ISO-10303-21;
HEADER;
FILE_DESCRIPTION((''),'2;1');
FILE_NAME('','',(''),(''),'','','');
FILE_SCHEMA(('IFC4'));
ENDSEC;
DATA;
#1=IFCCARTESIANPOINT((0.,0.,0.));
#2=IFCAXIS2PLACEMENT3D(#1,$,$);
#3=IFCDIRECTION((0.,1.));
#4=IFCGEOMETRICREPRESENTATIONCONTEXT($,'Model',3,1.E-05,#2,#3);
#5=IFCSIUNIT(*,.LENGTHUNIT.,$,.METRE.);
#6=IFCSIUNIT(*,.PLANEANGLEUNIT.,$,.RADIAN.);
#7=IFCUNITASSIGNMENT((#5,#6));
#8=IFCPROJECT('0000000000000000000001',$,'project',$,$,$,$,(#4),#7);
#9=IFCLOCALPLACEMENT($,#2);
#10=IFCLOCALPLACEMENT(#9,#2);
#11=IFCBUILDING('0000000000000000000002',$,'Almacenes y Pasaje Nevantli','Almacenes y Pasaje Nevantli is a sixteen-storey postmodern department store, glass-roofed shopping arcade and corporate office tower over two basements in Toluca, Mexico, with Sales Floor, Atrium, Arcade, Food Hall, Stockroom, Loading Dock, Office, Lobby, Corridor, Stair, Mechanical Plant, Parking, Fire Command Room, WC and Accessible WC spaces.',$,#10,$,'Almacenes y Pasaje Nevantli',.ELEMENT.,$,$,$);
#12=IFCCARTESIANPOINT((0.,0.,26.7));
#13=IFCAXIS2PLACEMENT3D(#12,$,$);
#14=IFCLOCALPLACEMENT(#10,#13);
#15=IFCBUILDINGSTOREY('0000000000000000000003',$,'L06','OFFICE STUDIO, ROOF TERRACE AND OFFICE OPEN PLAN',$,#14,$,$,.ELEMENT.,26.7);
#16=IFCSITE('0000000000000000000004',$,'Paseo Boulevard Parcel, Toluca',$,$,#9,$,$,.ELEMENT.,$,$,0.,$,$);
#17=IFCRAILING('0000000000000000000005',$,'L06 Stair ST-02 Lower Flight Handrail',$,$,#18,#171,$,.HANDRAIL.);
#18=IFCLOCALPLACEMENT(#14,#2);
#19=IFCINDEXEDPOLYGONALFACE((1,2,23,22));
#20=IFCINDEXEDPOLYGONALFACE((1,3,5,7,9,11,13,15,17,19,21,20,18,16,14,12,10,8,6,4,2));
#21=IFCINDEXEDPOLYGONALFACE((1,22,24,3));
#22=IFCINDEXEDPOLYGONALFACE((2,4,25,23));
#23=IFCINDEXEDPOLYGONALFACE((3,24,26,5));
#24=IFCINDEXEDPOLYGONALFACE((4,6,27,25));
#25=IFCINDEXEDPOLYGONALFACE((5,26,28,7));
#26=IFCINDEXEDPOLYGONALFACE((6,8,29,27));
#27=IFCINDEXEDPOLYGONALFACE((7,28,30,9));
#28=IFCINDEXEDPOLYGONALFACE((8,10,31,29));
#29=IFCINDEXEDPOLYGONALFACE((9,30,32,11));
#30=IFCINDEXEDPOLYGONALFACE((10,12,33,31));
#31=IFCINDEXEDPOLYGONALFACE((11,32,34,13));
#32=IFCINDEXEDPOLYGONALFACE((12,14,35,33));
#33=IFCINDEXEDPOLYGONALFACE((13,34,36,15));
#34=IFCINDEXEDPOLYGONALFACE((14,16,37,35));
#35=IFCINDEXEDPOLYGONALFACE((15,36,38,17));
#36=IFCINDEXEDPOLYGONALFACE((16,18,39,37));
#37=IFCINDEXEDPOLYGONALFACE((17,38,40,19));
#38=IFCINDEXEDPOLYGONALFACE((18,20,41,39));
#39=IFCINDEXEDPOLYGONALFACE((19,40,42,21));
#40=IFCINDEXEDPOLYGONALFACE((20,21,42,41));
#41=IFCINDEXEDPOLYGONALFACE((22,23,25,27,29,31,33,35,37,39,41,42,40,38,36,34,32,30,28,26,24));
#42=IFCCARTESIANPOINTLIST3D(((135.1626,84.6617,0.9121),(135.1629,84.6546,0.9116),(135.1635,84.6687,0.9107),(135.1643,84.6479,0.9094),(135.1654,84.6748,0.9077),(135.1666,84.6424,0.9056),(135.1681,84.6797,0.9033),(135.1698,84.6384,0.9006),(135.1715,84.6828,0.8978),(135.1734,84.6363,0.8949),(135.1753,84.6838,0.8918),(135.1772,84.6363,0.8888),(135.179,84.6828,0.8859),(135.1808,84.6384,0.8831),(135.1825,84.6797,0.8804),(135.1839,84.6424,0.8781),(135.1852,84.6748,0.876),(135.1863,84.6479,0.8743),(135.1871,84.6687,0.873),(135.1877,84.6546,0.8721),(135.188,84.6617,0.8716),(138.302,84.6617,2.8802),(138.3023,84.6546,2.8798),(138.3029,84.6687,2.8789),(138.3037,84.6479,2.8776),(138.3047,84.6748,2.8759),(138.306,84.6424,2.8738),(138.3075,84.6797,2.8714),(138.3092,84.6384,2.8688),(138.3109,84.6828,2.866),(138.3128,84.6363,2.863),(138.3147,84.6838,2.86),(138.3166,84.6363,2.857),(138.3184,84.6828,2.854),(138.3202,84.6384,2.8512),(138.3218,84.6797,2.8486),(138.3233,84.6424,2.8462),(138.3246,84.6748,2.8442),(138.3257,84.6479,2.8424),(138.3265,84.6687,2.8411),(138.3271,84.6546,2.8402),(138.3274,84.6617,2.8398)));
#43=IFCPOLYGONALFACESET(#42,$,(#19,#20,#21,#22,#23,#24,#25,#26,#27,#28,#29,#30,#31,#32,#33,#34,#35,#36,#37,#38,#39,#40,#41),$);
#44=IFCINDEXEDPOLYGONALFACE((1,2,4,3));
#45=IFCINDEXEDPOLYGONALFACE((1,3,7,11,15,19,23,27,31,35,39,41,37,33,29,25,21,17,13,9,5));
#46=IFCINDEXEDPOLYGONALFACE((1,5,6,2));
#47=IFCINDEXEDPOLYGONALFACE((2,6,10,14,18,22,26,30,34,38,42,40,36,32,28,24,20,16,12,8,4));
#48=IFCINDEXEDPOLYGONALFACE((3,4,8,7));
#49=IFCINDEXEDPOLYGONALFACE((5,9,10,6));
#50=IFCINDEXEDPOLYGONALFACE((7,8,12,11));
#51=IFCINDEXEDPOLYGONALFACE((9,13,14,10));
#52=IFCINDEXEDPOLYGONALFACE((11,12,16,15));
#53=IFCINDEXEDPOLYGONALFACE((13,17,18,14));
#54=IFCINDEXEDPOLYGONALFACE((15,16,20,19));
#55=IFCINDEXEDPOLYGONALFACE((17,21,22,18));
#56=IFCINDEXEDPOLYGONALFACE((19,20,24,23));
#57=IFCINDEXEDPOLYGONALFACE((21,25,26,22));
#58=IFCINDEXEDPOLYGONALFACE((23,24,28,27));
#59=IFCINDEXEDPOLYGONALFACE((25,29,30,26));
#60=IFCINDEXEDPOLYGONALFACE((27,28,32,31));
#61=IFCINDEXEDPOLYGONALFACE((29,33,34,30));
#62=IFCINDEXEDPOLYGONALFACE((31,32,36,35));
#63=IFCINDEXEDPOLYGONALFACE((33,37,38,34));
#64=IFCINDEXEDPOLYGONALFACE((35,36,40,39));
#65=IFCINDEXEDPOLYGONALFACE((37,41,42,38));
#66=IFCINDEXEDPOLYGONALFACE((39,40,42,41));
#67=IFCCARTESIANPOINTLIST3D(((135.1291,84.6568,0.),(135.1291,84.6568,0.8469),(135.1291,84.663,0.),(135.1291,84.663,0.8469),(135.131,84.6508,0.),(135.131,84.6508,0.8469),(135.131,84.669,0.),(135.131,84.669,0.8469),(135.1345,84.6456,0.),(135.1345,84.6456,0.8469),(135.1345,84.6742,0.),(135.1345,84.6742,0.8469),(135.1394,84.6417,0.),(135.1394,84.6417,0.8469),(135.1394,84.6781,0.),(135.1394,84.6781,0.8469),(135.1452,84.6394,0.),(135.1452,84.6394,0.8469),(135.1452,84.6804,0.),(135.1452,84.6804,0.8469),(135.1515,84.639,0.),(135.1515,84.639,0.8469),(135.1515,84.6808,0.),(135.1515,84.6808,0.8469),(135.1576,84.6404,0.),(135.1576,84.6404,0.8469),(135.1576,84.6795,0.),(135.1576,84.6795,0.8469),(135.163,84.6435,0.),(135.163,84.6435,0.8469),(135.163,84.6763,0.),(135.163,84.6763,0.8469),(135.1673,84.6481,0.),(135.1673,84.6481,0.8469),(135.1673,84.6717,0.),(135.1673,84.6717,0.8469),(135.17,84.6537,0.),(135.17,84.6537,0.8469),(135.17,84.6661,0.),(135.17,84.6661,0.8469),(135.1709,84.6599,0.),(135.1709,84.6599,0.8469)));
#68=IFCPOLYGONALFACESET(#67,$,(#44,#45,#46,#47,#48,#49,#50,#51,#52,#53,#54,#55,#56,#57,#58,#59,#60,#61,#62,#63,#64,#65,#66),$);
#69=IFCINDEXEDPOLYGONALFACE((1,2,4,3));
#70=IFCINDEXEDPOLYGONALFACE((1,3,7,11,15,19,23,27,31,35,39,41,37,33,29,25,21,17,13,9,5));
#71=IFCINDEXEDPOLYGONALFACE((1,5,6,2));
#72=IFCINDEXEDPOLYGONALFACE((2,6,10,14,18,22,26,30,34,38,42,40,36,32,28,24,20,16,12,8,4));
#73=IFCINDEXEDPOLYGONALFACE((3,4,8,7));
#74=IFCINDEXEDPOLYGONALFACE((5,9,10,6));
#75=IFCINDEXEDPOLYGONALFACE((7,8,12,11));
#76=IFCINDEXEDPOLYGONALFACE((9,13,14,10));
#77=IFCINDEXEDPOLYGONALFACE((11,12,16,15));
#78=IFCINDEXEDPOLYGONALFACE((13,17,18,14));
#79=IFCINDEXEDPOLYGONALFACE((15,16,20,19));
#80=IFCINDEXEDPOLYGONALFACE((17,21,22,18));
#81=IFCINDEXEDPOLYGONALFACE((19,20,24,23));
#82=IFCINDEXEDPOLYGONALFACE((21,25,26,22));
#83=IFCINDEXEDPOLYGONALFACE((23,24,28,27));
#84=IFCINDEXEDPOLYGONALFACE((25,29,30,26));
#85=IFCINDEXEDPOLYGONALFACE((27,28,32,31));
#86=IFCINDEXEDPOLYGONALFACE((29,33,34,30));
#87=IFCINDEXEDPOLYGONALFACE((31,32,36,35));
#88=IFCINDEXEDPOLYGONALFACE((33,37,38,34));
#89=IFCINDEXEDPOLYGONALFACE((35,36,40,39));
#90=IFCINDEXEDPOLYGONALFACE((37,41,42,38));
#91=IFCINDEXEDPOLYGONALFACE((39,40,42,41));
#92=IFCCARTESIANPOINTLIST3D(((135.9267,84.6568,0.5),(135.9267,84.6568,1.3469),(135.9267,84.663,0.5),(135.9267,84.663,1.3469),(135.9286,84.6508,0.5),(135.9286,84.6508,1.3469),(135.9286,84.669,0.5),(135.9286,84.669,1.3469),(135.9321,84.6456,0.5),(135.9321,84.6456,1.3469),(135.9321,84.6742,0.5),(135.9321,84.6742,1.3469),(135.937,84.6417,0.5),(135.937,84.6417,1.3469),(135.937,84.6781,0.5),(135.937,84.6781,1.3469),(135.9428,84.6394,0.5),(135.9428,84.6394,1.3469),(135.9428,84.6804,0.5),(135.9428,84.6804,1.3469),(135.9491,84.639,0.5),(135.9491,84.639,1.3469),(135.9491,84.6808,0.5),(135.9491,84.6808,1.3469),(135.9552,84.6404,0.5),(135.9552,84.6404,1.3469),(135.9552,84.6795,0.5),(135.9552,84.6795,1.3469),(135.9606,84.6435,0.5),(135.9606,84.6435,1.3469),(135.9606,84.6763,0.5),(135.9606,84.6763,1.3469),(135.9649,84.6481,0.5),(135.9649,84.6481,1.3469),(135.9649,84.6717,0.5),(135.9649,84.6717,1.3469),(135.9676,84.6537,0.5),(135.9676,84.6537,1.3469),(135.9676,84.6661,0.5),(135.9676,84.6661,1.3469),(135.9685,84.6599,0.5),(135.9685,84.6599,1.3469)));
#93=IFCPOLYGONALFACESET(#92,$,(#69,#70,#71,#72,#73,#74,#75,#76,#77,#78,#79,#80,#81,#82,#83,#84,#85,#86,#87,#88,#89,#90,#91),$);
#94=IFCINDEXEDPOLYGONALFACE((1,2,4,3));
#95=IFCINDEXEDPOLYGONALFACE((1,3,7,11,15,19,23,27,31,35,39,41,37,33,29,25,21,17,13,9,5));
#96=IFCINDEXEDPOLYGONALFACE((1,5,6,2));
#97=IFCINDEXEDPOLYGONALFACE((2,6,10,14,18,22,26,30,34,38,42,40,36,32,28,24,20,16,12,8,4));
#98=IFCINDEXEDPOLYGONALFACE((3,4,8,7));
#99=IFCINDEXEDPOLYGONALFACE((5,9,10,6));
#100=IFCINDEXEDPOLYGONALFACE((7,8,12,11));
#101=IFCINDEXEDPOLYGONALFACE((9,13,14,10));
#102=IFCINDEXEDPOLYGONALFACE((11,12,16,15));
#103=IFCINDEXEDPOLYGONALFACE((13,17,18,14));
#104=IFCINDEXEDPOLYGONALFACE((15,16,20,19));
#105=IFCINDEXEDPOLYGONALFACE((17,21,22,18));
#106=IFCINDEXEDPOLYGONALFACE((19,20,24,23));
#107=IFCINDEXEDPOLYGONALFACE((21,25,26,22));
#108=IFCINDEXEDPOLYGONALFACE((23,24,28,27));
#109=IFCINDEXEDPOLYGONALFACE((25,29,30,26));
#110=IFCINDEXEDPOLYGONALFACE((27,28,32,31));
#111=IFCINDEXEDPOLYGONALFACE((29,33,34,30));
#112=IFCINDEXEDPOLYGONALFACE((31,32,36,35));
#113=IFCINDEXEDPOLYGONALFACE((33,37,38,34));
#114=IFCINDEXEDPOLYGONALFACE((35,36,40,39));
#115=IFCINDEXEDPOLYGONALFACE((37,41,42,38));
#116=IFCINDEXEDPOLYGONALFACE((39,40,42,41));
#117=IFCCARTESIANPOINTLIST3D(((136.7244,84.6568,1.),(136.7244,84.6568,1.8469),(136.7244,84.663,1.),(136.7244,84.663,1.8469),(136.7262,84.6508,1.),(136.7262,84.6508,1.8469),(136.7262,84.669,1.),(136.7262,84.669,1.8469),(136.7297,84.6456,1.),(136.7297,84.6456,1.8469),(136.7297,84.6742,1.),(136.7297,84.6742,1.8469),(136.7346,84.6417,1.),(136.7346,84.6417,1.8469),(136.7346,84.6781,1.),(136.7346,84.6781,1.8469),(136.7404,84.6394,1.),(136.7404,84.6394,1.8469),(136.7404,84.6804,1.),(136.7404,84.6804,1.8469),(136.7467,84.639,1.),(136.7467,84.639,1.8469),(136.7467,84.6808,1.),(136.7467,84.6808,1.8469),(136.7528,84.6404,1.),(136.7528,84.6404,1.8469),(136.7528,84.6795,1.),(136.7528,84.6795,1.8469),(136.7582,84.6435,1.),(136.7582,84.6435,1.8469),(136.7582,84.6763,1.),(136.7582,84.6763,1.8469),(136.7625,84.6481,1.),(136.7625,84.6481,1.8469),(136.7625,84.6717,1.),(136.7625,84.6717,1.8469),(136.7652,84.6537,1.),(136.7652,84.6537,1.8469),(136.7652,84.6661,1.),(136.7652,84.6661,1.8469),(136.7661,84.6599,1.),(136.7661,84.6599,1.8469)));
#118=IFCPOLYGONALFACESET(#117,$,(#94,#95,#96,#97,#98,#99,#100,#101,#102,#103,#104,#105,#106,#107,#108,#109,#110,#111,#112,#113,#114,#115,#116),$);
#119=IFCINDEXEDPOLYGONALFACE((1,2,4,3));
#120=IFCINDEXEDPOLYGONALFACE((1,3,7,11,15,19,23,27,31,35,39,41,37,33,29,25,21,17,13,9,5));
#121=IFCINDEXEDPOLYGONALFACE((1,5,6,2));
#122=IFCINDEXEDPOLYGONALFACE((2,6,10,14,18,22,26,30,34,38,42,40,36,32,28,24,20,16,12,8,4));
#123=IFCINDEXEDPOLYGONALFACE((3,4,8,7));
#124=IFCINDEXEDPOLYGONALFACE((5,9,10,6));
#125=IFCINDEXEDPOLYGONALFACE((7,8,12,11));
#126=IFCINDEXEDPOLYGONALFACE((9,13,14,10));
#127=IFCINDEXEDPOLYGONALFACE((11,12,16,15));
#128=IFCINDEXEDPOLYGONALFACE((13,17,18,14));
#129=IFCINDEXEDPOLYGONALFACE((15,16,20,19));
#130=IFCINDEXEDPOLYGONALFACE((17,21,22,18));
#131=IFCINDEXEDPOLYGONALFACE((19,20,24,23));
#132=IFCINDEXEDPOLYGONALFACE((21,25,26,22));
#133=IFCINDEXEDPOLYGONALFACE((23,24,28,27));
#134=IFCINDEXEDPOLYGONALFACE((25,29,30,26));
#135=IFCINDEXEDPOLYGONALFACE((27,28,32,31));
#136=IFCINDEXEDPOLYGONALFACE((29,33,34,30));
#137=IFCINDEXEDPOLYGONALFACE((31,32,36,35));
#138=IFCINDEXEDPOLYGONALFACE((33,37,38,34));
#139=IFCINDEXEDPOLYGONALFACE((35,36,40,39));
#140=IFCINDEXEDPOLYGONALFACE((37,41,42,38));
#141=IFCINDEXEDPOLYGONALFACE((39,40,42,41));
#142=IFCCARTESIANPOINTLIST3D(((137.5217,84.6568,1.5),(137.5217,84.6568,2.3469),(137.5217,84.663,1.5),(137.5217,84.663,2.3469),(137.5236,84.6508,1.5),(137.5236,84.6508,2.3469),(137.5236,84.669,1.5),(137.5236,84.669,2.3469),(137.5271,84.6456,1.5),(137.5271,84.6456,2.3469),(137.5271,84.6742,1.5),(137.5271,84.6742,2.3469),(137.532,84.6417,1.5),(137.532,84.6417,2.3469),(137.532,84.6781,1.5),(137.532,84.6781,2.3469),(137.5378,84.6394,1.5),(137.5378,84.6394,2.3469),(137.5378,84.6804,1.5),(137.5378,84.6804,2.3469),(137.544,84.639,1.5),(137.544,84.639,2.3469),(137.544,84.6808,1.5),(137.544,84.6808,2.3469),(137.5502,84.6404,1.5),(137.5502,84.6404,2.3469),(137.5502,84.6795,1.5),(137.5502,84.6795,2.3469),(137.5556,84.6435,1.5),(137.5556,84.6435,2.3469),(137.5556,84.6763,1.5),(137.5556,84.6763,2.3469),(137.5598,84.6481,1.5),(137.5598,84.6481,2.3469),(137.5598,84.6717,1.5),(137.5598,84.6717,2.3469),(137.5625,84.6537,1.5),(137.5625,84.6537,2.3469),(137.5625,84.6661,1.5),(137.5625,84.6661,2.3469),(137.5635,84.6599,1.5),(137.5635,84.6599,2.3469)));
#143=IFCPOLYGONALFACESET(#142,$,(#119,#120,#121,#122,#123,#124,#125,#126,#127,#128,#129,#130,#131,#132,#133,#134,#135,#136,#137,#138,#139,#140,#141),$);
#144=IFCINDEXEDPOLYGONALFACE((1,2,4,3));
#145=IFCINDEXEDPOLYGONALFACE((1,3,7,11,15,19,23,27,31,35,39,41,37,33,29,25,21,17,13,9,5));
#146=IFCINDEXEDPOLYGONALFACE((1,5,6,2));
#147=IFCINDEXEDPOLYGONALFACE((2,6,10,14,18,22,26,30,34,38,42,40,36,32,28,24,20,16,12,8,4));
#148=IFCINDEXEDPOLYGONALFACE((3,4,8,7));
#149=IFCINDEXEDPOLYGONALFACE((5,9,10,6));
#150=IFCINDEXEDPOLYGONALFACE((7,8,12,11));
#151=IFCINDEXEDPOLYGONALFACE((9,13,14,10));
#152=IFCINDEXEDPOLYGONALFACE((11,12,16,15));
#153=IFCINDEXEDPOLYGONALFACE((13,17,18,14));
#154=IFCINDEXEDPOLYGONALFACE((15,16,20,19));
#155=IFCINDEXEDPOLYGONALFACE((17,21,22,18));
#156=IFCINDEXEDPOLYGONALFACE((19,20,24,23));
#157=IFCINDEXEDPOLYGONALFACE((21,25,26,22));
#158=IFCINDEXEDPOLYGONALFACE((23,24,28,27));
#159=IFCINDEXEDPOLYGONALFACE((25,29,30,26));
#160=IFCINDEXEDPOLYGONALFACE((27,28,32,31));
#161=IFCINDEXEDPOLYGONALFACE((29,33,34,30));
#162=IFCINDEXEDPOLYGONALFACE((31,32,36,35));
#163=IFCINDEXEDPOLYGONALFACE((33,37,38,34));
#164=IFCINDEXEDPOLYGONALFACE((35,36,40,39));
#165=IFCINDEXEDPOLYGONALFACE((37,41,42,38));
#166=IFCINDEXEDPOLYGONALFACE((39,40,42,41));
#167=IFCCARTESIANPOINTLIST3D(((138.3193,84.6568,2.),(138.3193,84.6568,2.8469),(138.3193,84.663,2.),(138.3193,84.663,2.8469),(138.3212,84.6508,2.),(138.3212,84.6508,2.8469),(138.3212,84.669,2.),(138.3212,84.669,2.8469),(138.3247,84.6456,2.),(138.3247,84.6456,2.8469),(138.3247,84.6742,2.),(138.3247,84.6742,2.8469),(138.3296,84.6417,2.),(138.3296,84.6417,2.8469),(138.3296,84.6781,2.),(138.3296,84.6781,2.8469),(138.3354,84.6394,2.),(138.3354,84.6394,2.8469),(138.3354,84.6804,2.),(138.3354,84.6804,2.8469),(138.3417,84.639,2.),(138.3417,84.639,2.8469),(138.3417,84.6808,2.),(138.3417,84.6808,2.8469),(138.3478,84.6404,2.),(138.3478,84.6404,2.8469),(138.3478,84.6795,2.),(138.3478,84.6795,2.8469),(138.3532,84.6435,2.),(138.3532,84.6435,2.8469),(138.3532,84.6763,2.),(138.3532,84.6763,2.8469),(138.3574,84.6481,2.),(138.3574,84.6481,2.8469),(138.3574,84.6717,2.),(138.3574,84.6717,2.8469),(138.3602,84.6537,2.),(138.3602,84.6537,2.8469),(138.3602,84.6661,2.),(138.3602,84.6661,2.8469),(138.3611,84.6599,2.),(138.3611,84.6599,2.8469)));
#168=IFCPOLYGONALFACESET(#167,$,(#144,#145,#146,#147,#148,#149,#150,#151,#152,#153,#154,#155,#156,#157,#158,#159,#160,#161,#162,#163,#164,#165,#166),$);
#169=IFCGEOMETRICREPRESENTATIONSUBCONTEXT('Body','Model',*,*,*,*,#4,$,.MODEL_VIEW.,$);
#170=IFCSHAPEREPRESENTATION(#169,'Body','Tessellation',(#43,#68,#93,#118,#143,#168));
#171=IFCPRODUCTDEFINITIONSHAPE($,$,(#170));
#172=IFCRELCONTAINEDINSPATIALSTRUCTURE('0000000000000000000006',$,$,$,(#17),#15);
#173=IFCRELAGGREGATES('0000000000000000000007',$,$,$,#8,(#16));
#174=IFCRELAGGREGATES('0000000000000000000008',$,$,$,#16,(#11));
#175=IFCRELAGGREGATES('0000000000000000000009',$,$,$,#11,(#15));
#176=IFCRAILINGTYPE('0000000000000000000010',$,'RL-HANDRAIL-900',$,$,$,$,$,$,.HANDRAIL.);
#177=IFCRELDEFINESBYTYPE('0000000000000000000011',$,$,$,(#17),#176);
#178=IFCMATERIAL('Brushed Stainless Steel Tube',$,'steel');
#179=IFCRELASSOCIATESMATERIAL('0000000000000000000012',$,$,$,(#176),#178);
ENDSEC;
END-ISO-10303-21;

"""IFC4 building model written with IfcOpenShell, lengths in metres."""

from ifc_helpers import new_model, si_unit, direction, frame, origin, origin_2d, place, context, subcontext, project, spatial, circle, extrude, material, type_object, element, save


model = new_model("IFC4")

# Units and contexts
model_context = context("Model", 3, precision=1e-05, world=origin(), true_north=direction((0.0, 1.0)))
body_context = subcontext(model_context, "Body", "Model", "MODEL_VIEW")
ifc_project = project(units=[si_unit("LENGTHUNIT", "METRE"), si_unit("PLANEANGLEUNIT", "RADIAN")], contexts=[model_context])

# Site, building, storey
site_placement = place(None, origin())
site = spatial("IfcSite", under=ifc_project, at=site_placement, Name="Paseo Boulevard Parcel, Toluca", CompositionType="ELEMENT", RefElevation=0.0)
building_placement = place(site_placement, origin())
building = spatial("IfcBuilding", under=site, at=building_placement, Name="Almacenes y Pasaje Nevantli", Description="Almacenes y Pasaje Nevantli is a sixteen-storey postmodern department store, glass-roofed shopping arcade and corporate office tower over two basements in Toluca, Mexico, with Sales Floor, Atrium, Arcade, Food Hall, Stockroom, Loading Dock, Office, Lobby, Corridor, Stair, Mechanical Plant, Parking, Fire Command Room, WC and Accessible WC spaces.", LongName="Almacenes y Pasaje Nevantli", CompositionType="ELEMENT")
storey_placement = place(building_placement, frame((0.0, 0.0, 26.7)))
storey = spatial("IfcBuildingStorey", under=building, at=storey_placement, Name="L06", Description="OFFICE STUDIO, ROOF TERRACE AND OFFICE OPEN PLAN", CompositionType="ELEMENT", Elevation=26.7)

# Railing
ifc_material_1 = material(Name="Brushed Stainless Steel Tube", Category="steel")
railing_type_1 = type_object("IfcRailingType", Name="RL-HANDRAIL-900", PredefinedType="HANDRAIL", material=ifc_material_1)
railing_1_placement = place(storey_placement, frame((135.1499, 84.6599, 0.0)))
element("IfcRailing", 1, at=railing_1_placement, inside=storey, type_object=railing_type_1, Name="L06 Stair ST-02 Lower Flight Handrail", PredefinedType="HANDRAIL", context=body_context, shape_type="SweptSolid", body=[
    extrude(circle(Radius=0.0239, at=origin_2d()), frame((0.0254, 0.0, 0.8918), z_axis=(0.847265, 0.0, 0.53117), x_axis=(0.0, 1.0, 0.0)), (0.0, 0.0, 1.0), 3.7053),
    extrude(circle(Radius=0.021, at=origin_2d()), origin(), (0.0, 0.0, 1.0), 0.8469),
    extrude(circle(Radius=0.021, at=origin_2d()), frame((0.7976, 0.0, 0.5)), (0.0, 0.0, 1.0), 0.8469),
    extrude(circle(Radius=0.021, at=origin_2d()), frame((1.5952, 0.0, 1.0)), (0.0, 0.0, 1.0), 0.8469),
    extrude(circle(Radius=0.021, at=origin_2d()), frame((2.3926, 0.0, 1.5)), (0.0, 0.0, 1.0), 0.8469),
    extrude(circle(Radius=0.021, at=origin_2d()), frame((3.1902, 0.0, 2.0)), (0.0, 0.0, 1.0), 0.8469),
])

save(model, "model.ifc")
